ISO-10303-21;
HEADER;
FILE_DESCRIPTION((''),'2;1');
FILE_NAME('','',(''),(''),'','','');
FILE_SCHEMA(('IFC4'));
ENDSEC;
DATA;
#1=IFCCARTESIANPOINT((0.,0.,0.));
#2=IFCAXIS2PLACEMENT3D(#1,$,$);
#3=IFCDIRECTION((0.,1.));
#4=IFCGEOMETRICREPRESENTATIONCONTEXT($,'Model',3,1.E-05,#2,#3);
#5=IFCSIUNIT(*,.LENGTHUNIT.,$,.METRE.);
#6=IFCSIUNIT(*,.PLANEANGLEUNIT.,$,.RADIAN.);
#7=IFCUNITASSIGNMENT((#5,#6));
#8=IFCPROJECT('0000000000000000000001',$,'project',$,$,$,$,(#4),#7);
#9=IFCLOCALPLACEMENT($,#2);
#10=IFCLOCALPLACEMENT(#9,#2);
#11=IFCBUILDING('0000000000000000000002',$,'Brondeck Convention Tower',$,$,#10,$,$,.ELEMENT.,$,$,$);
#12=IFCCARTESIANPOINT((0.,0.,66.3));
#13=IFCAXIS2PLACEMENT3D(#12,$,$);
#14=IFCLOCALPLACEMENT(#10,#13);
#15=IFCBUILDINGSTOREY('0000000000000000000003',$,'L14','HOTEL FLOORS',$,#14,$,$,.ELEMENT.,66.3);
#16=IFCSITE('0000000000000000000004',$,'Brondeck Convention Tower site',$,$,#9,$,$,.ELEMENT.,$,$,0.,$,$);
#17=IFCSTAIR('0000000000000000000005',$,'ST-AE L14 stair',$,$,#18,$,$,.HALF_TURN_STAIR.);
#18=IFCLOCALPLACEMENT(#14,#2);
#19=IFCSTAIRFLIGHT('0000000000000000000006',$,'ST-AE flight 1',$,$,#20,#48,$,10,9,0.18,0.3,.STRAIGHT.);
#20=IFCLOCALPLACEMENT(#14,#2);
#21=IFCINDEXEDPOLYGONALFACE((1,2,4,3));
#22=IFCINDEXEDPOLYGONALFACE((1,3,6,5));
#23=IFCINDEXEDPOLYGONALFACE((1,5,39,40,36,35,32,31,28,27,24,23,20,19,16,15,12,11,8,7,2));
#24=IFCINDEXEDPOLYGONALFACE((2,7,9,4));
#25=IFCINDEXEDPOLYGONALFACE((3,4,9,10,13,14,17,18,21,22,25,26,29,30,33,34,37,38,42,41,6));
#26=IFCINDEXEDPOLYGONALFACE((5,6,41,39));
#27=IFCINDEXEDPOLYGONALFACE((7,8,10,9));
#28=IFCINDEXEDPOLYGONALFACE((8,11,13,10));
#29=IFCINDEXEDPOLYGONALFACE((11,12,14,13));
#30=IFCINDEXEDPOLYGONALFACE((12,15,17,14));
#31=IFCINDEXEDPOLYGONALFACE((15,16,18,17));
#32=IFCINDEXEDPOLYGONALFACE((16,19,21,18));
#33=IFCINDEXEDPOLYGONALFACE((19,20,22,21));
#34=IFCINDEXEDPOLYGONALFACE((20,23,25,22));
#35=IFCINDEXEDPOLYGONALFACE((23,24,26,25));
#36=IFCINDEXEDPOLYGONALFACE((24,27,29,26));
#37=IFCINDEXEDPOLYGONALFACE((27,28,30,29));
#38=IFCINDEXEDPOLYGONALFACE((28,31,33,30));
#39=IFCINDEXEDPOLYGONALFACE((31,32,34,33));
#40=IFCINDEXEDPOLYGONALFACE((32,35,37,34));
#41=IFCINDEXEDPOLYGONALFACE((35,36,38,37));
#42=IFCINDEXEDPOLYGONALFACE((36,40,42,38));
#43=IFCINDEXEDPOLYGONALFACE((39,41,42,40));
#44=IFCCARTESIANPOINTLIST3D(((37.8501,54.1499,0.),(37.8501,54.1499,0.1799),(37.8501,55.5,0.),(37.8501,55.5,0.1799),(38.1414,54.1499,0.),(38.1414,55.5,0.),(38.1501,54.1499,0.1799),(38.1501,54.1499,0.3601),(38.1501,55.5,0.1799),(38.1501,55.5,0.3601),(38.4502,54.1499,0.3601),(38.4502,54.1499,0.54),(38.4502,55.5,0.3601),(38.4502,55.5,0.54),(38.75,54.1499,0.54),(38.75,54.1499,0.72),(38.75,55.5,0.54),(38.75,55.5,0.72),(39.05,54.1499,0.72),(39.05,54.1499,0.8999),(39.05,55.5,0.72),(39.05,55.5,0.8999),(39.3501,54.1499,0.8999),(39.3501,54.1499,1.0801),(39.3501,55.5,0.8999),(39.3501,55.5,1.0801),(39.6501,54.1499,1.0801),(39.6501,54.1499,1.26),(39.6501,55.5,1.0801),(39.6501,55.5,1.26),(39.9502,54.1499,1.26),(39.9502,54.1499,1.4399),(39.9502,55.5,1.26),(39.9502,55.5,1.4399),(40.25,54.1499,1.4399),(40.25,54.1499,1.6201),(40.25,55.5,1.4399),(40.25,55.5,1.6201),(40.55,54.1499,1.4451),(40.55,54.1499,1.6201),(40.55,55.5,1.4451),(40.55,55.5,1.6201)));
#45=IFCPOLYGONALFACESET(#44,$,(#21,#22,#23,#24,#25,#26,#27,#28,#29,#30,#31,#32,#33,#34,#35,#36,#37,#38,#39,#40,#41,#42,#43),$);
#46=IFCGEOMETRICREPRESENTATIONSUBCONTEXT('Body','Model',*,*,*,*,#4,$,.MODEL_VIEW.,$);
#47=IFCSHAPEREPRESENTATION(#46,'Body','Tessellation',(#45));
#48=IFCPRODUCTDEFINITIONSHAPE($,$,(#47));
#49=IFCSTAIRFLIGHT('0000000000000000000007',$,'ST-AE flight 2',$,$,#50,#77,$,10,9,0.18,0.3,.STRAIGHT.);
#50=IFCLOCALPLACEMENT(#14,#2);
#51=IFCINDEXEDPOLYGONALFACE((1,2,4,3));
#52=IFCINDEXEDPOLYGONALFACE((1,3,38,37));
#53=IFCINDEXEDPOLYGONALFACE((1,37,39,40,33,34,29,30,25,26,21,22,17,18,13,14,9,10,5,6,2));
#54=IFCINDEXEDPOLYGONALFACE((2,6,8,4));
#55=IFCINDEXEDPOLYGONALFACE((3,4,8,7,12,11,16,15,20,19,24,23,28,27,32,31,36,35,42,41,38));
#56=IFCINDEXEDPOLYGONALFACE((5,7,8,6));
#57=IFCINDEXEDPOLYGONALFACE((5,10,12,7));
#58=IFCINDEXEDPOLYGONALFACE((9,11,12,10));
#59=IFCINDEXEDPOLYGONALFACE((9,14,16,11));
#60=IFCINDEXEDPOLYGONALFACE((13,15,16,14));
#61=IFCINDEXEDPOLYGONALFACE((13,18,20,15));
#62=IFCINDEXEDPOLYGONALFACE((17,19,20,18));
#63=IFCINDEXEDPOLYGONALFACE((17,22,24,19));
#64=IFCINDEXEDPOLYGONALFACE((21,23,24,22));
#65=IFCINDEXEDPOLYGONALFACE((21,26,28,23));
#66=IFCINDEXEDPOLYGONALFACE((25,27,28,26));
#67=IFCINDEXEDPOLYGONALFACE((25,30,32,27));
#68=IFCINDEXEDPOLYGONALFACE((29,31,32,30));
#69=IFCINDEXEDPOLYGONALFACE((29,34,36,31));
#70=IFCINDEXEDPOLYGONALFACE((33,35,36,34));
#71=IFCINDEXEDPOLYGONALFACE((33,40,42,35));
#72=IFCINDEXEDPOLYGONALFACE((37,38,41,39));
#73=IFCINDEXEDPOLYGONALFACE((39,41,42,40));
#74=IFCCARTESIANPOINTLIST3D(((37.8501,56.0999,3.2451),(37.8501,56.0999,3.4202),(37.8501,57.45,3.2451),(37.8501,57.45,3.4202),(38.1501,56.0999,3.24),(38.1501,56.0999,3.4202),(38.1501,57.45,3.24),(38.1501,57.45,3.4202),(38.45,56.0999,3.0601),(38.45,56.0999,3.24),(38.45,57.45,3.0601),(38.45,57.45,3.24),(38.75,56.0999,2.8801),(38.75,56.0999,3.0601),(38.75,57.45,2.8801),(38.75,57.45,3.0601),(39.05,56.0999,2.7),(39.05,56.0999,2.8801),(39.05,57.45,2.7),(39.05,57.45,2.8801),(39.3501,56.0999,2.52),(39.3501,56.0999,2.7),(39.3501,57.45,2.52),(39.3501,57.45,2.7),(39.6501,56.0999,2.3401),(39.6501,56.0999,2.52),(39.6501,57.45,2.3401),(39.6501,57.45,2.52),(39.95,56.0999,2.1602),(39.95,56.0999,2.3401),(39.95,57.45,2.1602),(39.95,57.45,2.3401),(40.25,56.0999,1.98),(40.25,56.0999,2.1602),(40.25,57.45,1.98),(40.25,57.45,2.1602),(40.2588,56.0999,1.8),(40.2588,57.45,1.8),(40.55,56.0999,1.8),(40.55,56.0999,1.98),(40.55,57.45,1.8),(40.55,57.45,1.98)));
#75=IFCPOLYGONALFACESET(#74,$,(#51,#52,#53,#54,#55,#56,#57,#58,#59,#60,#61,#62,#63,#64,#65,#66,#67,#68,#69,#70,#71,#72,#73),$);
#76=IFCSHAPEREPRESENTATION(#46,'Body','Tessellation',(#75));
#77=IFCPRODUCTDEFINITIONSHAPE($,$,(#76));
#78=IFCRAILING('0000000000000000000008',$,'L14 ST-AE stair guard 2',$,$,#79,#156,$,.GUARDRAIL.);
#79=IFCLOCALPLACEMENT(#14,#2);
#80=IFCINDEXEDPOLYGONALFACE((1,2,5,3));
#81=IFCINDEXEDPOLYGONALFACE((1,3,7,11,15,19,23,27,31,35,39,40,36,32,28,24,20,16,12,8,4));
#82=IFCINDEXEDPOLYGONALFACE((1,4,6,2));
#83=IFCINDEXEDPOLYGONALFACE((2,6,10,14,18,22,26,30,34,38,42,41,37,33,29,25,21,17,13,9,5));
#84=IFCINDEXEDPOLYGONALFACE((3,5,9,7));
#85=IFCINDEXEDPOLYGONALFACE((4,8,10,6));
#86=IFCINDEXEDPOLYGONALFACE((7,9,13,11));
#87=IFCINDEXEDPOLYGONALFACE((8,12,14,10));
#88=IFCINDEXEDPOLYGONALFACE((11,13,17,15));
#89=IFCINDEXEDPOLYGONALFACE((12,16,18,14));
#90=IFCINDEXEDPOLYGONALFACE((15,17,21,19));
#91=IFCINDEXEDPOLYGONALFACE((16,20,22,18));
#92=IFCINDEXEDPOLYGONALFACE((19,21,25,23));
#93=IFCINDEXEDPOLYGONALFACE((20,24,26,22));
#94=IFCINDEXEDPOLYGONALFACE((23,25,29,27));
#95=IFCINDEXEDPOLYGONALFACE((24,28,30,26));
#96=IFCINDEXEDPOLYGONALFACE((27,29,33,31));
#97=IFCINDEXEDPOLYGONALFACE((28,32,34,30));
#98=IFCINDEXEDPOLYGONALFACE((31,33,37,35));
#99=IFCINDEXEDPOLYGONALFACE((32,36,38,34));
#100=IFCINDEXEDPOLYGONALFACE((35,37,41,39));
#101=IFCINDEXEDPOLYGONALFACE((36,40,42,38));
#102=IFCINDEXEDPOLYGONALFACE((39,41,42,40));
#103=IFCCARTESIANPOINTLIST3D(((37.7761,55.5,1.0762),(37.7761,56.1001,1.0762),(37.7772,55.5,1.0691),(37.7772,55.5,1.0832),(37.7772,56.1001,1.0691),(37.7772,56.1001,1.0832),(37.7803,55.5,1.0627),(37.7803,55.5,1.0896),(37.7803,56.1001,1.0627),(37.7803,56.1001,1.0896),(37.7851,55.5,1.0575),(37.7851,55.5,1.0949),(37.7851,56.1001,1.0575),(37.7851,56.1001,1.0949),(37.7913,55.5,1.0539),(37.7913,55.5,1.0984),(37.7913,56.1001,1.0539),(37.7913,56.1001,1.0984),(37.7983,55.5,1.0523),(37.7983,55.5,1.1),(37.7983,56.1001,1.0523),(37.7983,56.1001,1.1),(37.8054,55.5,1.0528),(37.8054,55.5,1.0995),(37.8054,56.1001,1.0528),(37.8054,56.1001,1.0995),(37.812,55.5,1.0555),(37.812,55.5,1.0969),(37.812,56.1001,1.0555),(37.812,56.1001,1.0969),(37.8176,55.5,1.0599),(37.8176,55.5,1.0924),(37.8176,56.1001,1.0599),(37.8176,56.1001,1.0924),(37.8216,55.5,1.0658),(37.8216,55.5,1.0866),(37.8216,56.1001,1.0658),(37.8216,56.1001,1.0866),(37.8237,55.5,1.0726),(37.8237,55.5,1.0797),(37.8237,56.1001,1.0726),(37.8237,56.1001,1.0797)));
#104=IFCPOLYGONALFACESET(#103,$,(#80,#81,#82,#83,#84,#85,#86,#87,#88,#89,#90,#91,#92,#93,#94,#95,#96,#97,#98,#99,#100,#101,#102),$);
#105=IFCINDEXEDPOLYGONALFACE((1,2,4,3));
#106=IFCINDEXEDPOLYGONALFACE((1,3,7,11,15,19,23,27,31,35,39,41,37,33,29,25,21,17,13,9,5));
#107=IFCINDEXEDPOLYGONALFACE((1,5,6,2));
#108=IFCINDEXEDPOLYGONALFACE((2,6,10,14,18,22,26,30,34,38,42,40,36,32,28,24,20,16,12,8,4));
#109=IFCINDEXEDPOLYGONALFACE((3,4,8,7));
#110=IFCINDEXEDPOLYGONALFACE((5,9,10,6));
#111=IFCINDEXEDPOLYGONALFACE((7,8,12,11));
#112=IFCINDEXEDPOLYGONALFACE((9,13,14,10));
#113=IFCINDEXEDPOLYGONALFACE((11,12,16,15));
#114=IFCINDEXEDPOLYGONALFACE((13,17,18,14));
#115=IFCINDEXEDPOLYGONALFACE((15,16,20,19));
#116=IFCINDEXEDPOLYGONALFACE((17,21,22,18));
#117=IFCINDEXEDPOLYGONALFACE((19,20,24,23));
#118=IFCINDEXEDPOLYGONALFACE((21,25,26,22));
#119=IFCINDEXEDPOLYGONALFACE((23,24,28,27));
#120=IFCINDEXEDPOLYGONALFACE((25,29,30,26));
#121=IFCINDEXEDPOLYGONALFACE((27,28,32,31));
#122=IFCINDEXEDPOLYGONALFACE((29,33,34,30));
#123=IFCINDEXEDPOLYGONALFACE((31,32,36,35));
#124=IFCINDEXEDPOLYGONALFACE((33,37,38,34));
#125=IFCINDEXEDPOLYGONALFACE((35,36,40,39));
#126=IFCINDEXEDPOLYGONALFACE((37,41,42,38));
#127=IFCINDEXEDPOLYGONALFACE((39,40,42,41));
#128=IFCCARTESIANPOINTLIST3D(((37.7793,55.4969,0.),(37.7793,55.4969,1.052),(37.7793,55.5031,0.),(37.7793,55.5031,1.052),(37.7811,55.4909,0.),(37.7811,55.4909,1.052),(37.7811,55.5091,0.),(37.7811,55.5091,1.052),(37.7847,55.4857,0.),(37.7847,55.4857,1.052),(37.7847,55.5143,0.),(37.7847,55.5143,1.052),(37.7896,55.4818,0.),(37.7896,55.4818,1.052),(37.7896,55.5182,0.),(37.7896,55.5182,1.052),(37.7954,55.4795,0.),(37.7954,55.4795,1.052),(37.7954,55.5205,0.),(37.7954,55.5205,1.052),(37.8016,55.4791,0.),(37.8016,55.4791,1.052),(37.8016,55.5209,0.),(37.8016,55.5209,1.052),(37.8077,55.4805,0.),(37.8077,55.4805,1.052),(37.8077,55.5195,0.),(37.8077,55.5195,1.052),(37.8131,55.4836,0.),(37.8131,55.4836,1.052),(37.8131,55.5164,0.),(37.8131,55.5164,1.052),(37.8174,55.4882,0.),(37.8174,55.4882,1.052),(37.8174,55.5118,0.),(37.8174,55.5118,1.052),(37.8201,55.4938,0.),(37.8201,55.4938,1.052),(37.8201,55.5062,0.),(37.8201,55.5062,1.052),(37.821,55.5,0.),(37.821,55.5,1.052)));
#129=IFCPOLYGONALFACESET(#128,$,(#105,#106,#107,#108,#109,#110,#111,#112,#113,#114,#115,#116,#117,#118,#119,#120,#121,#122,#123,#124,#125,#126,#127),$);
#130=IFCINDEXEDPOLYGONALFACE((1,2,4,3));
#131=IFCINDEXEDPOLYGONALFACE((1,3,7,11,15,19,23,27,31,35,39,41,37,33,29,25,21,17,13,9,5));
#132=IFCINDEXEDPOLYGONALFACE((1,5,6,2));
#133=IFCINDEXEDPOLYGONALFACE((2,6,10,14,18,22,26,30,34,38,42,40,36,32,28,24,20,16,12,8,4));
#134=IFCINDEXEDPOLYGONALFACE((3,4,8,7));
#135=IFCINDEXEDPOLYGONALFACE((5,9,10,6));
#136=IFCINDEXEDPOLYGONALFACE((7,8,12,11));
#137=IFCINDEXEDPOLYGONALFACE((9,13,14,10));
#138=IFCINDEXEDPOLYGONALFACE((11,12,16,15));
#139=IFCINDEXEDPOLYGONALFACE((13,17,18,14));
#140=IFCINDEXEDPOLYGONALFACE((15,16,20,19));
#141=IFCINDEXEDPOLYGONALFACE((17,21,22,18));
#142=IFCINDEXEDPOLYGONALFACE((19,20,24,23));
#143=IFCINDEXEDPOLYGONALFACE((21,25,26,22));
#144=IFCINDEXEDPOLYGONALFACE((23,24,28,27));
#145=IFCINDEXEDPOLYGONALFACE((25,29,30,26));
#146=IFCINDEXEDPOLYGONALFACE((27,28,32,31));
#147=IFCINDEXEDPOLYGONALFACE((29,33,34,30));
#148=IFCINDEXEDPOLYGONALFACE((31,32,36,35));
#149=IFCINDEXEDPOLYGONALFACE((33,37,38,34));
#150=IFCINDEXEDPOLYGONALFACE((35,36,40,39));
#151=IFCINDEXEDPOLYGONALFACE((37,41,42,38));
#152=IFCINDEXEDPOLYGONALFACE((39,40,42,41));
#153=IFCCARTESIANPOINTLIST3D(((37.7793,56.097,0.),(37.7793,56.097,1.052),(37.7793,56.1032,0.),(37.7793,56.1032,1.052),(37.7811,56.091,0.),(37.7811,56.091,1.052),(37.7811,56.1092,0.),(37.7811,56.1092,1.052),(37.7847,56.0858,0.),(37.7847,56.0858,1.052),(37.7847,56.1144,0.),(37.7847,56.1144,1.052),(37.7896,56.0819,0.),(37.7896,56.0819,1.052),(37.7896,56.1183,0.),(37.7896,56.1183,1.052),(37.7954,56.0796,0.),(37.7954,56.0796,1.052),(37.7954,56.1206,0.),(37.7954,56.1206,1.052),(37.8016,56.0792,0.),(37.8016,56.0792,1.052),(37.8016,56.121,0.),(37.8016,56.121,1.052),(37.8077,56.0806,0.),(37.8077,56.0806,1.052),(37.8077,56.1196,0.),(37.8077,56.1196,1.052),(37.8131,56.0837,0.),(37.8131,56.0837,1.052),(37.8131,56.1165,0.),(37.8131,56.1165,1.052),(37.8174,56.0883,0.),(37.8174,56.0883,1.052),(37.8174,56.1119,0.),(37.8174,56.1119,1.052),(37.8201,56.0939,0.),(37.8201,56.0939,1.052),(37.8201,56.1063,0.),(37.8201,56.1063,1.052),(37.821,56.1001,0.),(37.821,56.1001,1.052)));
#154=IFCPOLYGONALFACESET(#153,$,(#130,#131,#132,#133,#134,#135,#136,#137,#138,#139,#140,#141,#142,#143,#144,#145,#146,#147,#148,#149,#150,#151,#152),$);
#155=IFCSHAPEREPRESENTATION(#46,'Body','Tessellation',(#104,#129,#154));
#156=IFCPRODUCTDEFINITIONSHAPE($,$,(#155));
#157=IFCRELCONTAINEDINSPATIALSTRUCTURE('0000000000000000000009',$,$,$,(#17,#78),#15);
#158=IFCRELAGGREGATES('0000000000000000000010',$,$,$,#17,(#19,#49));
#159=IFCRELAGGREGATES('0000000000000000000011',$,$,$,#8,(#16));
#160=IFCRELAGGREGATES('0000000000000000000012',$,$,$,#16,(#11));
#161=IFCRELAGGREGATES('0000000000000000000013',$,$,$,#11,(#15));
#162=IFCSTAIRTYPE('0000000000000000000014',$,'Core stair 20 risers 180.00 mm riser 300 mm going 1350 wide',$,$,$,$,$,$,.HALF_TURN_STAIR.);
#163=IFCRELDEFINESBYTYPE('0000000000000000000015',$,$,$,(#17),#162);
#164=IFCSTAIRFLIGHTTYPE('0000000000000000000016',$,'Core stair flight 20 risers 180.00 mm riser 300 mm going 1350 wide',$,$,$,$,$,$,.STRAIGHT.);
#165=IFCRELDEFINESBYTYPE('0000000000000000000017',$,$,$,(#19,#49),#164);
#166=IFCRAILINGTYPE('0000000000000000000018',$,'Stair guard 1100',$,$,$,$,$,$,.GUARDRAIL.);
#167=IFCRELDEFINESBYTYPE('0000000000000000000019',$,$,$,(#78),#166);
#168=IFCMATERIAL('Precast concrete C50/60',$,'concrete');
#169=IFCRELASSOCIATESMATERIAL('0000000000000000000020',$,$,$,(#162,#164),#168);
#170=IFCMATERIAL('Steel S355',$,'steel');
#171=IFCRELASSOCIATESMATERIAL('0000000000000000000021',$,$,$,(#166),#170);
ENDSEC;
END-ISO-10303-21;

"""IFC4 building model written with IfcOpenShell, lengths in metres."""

from ifc_helpers import new_model, si_unit, direction, frame, origin, origin_2d, place, context, subcontext, project, spatial, polyline, circle, outline, extrude, material, type_object, element, aggregate, save


model = new_model("IFC4")

# Units and contexts
model_context = context("Model", 3, precision=1e-05, world=origin(), true_north=direction((0.0, 1.0)))
body_context = subcontext(model_context, "Body", "Model", "MODEL_VIEW")
ifc_project = project(units=[si_unit("LENGTHUNIT", "METRE"), si_unit("PLANEANGLEUNIT", "RADIAN")], contexts=[model_context])

# Site, building, storey
site_placement = place(None, origin())
site = spatial("IfcSite", under=ifc_project, at=site_placement, Name="Brondeck Convention Tower site", CompositionType="ELEMENT", RefElevation=0.0)
building_placement = place(site_placement, origin())
building = spatial("IfcBuilding", under=site, at=building_placement, Name="Brondeck Convention Tower", CompositionType="ELEMENT")
storey_placement = place(building_placement, frame((0.0, 0.0, 66.3)))
storey = spatial("IfcBuildingStorey", under=building, at=storey_placement, Name="L14", Description="HOTEL FLOORS", CompositionType="ELEMENT", Elevation=66.3)

# Stair, stair flights
ifc_material_1 = material(Name="Precast concrete C50/60", Category="concrete")
stair_type = type_object("IfcStairType", Name="Core stair 20 risers 180.00 mm riser 300 mm going 1350 wide", PredefinedType="HALF_TURN_STAIR", material=ifc_material_1)
stair_placement = place(storey_placement, origin())
stair = element("IfcStair", 1, at=stair_placement, inside=storey, type_object=stair_type, Name="ST-AE L14 stair", PredefinedType="HALF_TURN_STAIR")
stair_flight_type = type_object("IfcStairFlightType", Name="Core stair flight 20 risers 180.00 mm riser 300 mm going 1350 wide", PredefinedType="STRAIGHT", material=ifc_material_1)
stair_flight_1_placement = place(storey_placement, frame((37.8501, 54.825, 0.0), z_axis=(0.0, 0.0, 1.0), x_axis=(1.0, 0.0, 0.0)))
stair_flight_1 = element("IfcStairFlight", 2, at=stair_flight_1_placement, type_object=stair_flight_type, Name="ST-AE flight 1", NumberOfRisers=10, NumberOfTreads=9, PredefinedType="STRAIGHT", RiserHeight=0.18, TreadLength=0.3, context=body_context, shape_type="SweptSolid", body=[
    extrude(outline(polyline([(0.0, 0.0), (0.0, 0.1799), (0.3, 0.1799), (0.3, 0.3601), (0.6001, 0.3601), (0.6001, 0.54), (0.8999, 0.54), (0.8999, 0.72), (1.2, 0.72), (1.2, 0.8999), (1.5, 0.8999), (1.5, 1.0801), (1.8, 1.0801), (1.8, 1.26), (2.1001, 1.26), (2.1001, 1.4399), (2.3999, 1.4399), (2.3999, 1.6201), (2.7, 1.6201), (2.7, 1.8), (2.7, 1.4451), (0.2913, 0.0), (0.0, 0.0)])), frame((0.0, 0.675, 0.0), z_axis=(0.0, -1.0, 0.0), x_axis=(1.0, 0.0, 0.0)), (0.0, 0.0, 1.0), 1.3501),
])
stair_flight_2_placement = place(storey_placement, frame((40.55, 56.7749, 1.8), z_axis=(0.0, 0.0, 1.0), x_axis=(-1.0, 0.0, 0.0)))
stair_flight_2 = element("IfcStairFlight", 3, at=stair_flight_2_placement, type_object=stair_flight_type, Name="ST-AE flight 2", NumberOfRisers=10, NumberOfTreads=9, PredefinedType="STRAIGHT", RiserHeight=0.18, TreadLength=0.3, context=body_context, shape_type="SweptSolid", body=[
    extrude(outline(polyline([(0.0, 0.0), (0.0, 0.1799), (0.3, 0.1799), (0.3, 0.3601), (0.6001, 0.3601), (0.6001, 0.54), (0.8999, 0.54), (0.8999, 0.72), (1.2, 0.72), (1.2, 0.8999), (1.5, 0.8999), (1.5, 1.0801), (1.8, 1.0801), (1.8, 1.26), (2.1001, 1.26), (2.1001, 1.4399), (2.3999, 1.4399), (2.3999, 1.6201), (2.7, 1.6201), (2.7, 1.8), (2.7, 1.4451), (0.2913, 0.0), (0.0, 0.0)])), frame((0.0, 0.675, 0.0), z_axis=(0.0, -1.0, 0.0), x_axis=(1.0, 0.0, 0.0)), (0.0, 0.0, 1.0), 1.3501),
])
aggregate(stair, [stair_flight_1, stair_flight_2])

# Railing
ifc_material_2 = material(Name="Steel S355", Category="steel")
railing_type_1 = type_object("IfcRailingType", Name="Stair guard 1100", PredefinedType="GUARDRAIL", material=ifc_material_2)
railing_1_placement = place(storey_placement, frame((37.8, 55.5, 0.0)))
element("IfcRailing", 4, at=railing_1_placement, inside=storey, type_object=railing_type_1, Name="L14 ST-AE stair guard 2", PredefinedType="GUARDRAIL", context=body_context, shape_type="SweptSolid", body=[
    extrude(circle(Radius=0.0239, at=origin_2d()), frame((0.0, 0.0, 1.0762), z_axis=(0.0, 1.0, 0.0), x_axis=(-1.0, 0.0, 0.0)), (0.0, 0.0, 1.0), 0.6001),
    extrude(circle(Radius=0.021, at=origin_2d()), origin(), (0.0, 0.0, 1.0), 1.052),
    extrude(circle(Radius=0.021, at=origin_2d()), frame((0.0, 0.6001, 0.0)), (0.0, 0.0, 1.0), 1.052),
])

save(model, "model.ifc")
